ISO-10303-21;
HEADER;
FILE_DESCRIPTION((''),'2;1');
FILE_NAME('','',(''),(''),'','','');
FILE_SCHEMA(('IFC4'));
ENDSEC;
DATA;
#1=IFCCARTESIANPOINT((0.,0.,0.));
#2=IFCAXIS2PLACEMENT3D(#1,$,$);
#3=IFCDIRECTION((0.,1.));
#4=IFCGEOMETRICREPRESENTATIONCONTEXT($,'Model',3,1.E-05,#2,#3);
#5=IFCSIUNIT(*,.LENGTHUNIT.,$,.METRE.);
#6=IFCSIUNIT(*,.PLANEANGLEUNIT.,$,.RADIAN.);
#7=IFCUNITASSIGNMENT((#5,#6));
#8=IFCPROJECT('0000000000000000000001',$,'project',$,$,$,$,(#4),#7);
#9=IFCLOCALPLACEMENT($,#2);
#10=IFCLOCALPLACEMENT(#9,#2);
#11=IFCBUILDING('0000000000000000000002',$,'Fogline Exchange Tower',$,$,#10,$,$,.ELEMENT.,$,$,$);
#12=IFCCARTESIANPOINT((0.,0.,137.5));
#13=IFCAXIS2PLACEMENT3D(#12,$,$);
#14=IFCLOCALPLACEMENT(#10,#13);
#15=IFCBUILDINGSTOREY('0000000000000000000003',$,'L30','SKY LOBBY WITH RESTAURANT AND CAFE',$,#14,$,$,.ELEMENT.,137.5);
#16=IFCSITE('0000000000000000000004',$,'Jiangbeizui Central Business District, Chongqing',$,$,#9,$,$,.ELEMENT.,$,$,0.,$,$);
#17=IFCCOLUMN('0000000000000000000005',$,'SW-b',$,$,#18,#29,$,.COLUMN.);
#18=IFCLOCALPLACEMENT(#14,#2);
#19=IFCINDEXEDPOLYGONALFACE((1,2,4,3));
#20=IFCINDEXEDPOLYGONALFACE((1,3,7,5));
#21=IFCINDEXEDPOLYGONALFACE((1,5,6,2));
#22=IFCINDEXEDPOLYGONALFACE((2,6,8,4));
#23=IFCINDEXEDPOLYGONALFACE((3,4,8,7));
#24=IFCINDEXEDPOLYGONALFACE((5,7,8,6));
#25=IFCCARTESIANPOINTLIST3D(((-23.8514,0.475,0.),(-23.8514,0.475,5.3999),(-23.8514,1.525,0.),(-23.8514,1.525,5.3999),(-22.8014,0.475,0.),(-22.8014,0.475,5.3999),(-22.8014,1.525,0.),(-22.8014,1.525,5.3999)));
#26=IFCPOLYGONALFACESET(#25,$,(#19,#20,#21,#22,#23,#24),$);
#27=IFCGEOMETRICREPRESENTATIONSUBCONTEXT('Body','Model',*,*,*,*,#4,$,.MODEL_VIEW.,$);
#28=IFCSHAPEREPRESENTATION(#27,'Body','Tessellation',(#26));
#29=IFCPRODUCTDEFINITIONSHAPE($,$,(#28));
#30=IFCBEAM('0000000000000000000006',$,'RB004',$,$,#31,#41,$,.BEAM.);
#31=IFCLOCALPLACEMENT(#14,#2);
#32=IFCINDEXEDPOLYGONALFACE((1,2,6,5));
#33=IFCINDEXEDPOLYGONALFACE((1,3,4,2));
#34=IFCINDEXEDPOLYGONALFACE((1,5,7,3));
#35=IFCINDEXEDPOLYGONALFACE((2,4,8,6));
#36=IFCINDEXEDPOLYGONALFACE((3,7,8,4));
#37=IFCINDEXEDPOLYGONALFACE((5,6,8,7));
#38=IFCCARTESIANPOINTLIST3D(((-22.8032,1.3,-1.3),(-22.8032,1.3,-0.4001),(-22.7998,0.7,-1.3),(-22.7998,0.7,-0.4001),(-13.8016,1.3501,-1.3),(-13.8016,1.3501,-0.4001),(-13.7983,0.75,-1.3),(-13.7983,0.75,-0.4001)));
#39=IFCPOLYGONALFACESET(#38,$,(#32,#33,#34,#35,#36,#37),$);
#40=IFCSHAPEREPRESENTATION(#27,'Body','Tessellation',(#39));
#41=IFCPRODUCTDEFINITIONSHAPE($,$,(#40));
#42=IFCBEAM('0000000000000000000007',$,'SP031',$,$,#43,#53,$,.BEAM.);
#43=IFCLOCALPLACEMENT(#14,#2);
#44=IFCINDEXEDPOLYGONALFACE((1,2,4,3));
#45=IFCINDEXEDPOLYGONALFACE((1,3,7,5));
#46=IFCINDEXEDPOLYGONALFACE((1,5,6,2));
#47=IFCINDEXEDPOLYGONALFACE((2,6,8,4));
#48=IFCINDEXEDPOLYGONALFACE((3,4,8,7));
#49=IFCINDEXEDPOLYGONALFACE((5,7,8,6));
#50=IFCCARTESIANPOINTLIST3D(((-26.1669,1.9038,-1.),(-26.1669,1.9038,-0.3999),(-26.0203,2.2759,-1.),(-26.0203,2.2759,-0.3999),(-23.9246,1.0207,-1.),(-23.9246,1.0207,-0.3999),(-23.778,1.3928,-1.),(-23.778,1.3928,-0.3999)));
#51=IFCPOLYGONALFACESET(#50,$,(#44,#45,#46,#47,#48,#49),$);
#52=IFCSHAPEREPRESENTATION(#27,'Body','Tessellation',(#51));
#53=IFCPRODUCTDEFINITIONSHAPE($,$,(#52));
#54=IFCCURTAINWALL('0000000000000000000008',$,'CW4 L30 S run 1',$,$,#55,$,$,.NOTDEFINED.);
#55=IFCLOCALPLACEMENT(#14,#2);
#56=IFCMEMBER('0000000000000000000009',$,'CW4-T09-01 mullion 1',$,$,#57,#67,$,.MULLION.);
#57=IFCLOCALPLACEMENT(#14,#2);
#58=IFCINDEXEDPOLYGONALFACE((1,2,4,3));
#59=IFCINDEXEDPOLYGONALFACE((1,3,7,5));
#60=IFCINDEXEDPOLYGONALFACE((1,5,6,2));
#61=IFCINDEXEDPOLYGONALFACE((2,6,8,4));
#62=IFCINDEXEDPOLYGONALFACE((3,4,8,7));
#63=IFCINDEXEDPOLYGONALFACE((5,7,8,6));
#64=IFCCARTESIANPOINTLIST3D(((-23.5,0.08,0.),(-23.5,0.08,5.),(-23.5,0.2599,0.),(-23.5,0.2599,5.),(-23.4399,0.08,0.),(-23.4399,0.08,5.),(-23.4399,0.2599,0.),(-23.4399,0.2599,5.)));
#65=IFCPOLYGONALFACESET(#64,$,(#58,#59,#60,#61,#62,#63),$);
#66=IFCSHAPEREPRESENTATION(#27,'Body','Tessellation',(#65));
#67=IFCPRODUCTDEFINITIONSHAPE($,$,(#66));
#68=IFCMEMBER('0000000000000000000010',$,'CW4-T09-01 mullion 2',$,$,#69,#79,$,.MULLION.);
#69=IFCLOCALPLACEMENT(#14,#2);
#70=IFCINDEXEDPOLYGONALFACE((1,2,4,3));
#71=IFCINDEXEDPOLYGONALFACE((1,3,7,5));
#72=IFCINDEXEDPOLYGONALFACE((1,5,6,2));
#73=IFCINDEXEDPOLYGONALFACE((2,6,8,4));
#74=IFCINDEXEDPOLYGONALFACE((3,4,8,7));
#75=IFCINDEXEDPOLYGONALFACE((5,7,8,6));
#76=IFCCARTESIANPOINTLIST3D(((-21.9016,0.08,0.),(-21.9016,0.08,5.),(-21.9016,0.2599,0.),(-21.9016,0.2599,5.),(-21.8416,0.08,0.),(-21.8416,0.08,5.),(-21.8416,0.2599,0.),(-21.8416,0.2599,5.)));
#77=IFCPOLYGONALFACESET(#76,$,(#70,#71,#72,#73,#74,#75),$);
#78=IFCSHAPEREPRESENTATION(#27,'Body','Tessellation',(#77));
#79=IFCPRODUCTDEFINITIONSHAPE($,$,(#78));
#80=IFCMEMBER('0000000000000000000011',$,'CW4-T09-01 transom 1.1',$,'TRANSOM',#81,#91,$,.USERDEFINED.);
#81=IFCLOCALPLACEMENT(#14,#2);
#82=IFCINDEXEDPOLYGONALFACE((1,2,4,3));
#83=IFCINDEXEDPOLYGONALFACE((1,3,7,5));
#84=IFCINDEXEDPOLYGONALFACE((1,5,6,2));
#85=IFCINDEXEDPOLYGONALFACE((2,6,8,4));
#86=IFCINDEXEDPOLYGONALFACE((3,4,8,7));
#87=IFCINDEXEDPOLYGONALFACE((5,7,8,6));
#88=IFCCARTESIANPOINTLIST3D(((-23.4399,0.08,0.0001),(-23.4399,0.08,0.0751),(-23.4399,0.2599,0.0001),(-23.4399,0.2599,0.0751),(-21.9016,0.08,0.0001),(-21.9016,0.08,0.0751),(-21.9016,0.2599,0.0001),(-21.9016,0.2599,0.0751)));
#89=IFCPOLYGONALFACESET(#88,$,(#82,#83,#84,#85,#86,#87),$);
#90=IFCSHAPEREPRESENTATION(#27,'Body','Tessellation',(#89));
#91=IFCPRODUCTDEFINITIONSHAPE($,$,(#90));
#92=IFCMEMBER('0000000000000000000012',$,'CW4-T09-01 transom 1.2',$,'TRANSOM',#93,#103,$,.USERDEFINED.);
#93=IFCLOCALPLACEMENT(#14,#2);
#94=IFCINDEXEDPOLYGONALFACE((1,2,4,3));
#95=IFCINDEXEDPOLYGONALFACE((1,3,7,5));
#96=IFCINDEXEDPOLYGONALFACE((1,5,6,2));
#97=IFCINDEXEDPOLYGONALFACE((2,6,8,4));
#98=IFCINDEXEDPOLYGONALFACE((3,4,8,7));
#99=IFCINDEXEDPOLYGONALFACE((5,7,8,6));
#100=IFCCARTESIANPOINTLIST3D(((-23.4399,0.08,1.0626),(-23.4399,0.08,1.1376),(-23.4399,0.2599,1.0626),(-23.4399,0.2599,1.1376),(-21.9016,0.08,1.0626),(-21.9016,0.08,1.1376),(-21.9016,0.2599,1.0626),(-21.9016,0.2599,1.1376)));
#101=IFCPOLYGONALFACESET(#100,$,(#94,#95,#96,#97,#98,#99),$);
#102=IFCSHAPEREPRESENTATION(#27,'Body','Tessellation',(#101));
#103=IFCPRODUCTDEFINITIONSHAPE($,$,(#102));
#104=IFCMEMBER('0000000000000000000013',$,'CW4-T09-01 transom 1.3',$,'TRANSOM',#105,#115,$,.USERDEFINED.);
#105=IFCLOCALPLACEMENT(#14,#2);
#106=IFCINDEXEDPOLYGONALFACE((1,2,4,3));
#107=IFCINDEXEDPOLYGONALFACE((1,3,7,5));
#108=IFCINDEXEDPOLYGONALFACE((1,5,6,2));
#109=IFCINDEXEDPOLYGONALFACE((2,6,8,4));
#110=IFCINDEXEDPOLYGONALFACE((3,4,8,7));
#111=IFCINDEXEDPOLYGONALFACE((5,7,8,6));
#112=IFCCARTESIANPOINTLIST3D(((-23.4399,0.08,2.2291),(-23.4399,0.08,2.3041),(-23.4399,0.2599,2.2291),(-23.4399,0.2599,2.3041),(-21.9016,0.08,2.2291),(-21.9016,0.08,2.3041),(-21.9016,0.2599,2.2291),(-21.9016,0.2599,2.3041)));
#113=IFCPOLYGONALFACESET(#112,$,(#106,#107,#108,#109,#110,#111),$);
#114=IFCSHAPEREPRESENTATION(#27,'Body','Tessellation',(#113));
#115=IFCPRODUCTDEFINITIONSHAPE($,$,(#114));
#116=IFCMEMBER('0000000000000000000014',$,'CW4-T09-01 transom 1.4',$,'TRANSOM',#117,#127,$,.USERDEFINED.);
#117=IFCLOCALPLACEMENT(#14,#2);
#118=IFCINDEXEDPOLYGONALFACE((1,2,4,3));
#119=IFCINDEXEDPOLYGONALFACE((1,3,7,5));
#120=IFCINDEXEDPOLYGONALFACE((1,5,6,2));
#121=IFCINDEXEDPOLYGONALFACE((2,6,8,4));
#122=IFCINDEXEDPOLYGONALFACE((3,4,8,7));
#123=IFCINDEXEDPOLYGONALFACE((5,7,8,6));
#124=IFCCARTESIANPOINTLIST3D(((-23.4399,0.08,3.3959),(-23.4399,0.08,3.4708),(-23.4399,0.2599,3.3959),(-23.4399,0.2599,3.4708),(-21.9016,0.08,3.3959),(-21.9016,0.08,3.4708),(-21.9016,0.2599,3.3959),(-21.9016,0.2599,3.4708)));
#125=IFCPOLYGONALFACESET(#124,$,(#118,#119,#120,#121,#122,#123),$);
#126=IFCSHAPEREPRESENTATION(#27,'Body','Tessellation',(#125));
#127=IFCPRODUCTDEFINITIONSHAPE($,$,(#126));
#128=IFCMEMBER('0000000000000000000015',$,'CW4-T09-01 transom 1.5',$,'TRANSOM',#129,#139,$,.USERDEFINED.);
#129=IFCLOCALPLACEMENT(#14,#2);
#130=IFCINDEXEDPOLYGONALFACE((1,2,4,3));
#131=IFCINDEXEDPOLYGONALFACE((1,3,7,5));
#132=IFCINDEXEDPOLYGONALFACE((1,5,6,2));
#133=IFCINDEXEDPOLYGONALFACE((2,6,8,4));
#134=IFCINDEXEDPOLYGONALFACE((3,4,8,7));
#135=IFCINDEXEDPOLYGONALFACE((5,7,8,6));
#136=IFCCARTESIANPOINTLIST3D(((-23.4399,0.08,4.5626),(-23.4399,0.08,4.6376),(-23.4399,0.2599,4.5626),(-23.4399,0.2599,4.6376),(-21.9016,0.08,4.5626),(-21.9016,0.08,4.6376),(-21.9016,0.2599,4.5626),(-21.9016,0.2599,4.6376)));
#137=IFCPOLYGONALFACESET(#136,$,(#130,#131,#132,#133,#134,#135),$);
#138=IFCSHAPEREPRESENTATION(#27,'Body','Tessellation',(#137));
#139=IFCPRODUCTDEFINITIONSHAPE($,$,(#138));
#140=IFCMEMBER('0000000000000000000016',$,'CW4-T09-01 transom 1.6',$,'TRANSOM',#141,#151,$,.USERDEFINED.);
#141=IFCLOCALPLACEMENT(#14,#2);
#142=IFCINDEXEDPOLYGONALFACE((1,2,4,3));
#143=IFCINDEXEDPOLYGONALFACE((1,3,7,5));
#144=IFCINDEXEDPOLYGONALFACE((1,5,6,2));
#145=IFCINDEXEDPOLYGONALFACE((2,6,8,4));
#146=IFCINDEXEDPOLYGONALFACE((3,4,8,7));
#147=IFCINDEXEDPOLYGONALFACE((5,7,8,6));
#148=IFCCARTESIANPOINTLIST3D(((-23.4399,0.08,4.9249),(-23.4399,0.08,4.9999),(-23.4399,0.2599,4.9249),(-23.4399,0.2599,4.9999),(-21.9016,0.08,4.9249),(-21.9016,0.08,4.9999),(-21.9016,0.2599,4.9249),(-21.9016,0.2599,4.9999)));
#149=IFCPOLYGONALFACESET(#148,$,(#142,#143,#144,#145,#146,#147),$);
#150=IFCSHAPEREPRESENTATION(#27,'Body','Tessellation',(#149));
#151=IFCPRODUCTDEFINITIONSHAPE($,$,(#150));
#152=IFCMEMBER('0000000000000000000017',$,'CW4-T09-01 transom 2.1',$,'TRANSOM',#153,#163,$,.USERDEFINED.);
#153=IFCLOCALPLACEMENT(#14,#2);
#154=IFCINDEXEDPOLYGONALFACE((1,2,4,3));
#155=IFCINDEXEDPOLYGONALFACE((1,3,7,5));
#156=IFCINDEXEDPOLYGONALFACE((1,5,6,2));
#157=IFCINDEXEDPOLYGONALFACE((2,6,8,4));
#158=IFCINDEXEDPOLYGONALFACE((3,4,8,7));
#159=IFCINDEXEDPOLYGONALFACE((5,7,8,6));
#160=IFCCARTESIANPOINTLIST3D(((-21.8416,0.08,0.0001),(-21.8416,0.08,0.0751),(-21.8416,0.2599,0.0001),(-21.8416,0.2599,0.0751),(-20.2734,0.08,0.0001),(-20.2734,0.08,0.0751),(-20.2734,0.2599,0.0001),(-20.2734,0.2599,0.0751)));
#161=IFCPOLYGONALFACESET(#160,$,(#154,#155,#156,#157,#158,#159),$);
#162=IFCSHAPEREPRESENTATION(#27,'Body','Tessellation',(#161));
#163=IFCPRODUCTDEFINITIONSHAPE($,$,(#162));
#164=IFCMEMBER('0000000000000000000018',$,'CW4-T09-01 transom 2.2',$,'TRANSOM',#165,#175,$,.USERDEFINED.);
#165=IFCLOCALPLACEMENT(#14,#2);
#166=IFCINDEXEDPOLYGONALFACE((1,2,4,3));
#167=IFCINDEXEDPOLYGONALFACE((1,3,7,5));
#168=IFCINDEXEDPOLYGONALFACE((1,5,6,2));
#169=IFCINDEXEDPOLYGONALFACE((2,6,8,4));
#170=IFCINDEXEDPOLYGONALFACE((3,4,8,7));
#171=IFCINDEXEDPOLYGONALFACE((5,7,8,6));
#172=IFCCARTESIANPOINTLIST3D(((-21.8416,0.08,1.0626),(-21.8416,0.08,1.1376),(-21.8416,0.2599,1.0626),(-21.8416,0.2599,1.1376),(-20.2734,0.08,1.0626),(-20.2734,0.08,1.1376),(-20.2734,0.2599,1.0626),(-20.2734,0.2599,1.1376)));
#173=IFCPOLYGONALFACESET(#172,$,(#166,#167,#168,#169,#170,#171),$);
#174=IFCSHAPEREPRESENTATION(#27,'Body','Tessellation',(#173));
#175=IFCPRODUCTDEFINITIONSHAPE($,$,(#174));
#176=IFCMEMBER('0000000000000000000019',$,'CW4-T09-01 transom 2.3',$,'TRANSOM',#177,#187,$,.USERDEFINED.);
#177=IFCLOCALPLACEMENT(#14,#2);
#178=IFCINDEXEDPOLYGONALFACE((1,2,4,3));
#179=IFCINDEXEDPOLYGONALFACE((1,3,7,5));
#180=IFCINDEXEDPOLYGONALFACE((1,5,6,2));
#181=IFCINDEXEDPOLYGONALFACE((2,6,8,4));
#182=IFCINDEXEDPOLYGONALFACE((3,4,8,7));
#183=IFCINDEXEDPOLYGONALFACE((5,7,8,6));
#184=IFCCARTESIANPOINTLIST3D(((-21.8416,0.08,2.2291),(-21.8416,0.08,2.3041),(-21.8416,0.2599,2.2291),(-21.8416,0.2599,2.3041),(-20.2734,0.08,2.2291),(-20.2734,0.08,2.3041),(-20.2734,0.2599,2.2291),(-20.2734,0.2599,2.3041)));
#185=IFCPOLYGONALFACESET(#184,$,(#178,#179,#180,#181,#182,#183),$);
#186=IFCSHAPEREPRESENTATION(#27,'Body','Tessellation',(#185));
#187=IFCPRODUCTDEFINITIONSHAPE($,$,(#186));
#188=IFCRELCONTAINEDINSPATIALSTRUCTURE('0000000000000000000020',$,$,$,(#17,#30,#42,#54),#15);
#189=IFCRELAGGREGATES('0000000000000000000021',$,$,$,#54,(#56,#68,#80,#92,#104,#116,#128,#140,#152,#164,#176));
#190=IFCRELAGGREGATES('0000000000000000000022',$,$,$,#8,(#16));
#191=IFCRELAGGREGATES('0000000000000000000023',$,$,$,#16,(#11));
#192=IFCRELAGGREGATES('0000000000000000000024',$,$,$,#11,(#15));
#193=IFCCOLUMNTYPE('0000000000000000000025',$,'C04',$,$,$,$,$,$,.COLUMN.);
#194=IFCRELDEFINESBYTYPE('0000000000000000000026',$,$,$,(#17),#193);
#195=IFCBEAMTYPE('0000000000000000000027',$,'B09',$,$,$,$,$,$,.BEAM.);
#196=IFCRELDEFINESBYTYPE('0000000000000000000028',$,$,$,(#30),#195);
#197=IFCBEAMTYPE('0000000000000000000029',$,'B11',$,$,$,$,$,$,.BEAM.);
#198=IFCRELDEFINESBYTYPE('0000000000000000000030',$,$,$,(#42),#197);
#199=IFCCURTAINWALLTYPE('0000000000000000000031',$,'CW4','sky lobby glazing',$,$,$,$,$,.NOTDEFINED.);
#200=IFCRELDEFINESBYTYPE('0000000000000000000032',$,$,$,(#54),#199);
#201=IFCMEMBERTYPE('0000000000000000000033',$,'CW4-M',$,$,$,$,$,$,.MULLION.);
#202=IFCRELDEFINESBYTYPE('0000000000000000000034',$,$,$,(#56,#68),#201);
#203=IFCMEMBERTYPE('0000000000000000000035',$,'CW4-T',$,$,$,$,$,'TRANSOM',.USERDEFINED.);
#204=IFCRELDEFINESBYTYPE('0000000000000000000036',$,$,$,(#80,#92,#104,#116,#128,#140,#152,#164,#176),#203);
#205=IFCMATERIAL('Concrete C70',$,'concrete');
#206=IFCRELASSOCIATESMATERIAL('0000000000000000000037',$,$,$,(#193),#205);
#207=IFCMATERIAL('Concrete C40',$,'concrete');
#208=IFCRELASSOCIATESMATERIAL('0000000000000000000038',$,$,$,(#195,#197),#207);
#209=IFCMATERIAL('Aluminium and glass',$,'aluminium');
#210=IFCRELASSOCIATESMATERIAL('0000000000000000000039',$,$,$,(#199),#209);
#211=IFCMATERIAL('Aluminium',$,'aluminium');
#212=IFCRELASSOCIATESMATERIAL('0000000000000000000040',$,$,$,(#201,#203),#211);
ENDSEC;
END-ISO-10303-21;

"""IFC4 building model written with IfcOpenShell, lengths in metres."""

from ifc_helpers import new_model, si_unit, direction, frame, origin, origin_2d, place, context, subcontext, project, spatial, rectangle, extrude, material, material_profile, profile_set, type_object, element, aggregate, save


model = new_model("IFC4")

# Units and contexts
model_context = context("Model", 3, precision=1e-05, world=origin(), true_north=direction((0.0, 1.0)))
body_context = subcontext(model_context, "Body", "Model", "MODEL_VIEW")
ifc_project = project(units=[si_unit("LENGTHUNIT", "METRE"), si_unit("PLANEANGLEUNIT", "RADIAN")], contexts=[model_context])

# Site, building, storey
site_placement = place(None, origin())
site = spatial("IfcSite", under=ifc_project, at=site_placement, Name="Jiangbeizui Central Business District, Chongqing", CompositionType="ELEMENT", RefElevation=0.0)
building_placement = place(site_placement, origin())
building = spatial("IfcBuilding", under=site, at=building_placement, Name="Fogline Exchange Tower", CompositionType="ELEMENT")
storey_placement = place(building_placement, frame((0.0, 0.0, 137.5)))
storey = spatial("IfcBuildingStorey", under=building, at=storey_placement, Name="L30", Description="SKY LOBBY WITH RESTAURANT AND CAFE", CompositionType="ELEMENT", Elevation=137.5)

# Column
ifc_material_1 = material(Name="Concrete C70", Category="concrete")
ifc_material_profile_1 = material_profile(ifc_material_1, rectangle(XDim=1.05, YDim=1.05, at=origin_2d()), Name="RC 1050x1050")
ifc_profile_set_1 = profile_set([ifc_material_profile_1], Name="Concrete C70")
column_type = type_object("IfcColumnType", Name="C04", PredefinedType="COLUMN", material=ifc_profile_set_1)
column_placement = place(storey_placement, frame((-23.3264, 1.0, 0.0), z_axis=(0.0, 0.0, 1.0), x_axis=(1.0, 0.0, 0.0)))
element("IfcColumn", 1, at=column_placement, inside=storey, type_object=column_type, Name="SW-b", PredefinedType="COLUMN", context=body_context, shape_type="SweptSolid", body=[
    extrude(rectangle(XDim=1.05, YDim=1.05, at=origin_2d()), origin(), (0.0, 0.0, 1.0), 5.3999),
])

# Beams
ifc_material_2 = material(Name="Concrete C40", Category="concrete")
ifc_material_profile_2 = material_profile(ifc_material_2, rectangle(XDim=0.6001, YDim=0.8999, at=origin_2d()), Name="RC 600x900")
ifc_profile_set_2 = profile_set([ifc_material_profile_2], Name="Concrete C40")
beam_type_1 = type_object("IfcBeamType", Name="B09", PredefinedType="BEAM", material=ifc_profile_set_2)
beam_1_placement = place(storey_placement, frame((-22.8015, 1.0, -0.8501), z_axis=(0.999985, 0.00556, 0.0), x_axis=(-0.00556, 0.999985, 0.0)))
element("IfcBeam", 2, at=beam_1_placement, inside=storey, type_object=beam_type_1, Name="RB004", PredefinedType="BEAM", context=body_context, shape_type="SweptSolid", body=[
    extrude(rectangle(XDim=0.6001, YDim=0.8999, at=origin_2d()), origin(), (0.0, 0.0, 1.0), 9.0017),
])
ifc_material_profile_3 = material_profile(ifc_material_2, rectangle(XDim=0.3999, YDim=0.6001, at=origin_2d()), Name="RC 400x600")
ifc_profile_set_3 = profile_set([ifc_material_profile_3], Name="Concrete C40")
beam_type_2 = type_object("IfcBeamType", Name="B11", PredefinedType="BEAM", material=ifc_profile_set_3)
beam_2_placement = place(storey_placement, frame((-23.8513, 1.2068, -0.7), z_axis=(-0.930441, 0.366442, 0.0), x_axis=(-0.366442, -0.930441, 0.0)))
element("IfcBeam", 3, at=beam_2_placement, inside=storey, type_object=beam_type_2, Name="SP031", PredefinedType="BEAM", context=body_context, shape_type="SweptSolid", body=[
    extrude(rectangle(XDim=0.3999, YDim=0.6001, at=origin_2d()), origin(), (0.0, 0.0, 1.0), 2.4099),
])

# Curtain wall, members
ifc_material_3 = material(Name="Aluminium and glass", Category="aluminium")
curtain_wall_type = type_object("IfcCurtainWallType", Name="CW4", Description="sky lobby glazing", PredefinedType="NOTDEFINED", material=ifc_material_3)
curtain_wall_placement = place(storey_placement, origin())
curtain_wall = element("IfcCurtainWall", 4, at=curtain_wall_placement, inside=storey, type_object=curtain_wall_type, Name="CW4 L30 S run 1", PredefinedType="NOTDEFINED")
ifc_material_4 = material(Name="Aluminium", Category="aluminium")
ifc_material_profile_4 = material_profile(ifc_material_4, rectangle(XDim=0.1799, YDim=0.0601, at=origin_2d()), Name="Mullion 60x180")
ifc_profile_set_4 = profile_set([ifc_material_profile_4], Name="Aluminium")
member_type_1 = type_object("IfcMemberType", Name="CW4-M", PredefinedType="MULLION", material=ifc_profile_set_4)
member_1_placement = place(storey_placement, frame((-23.47, 0.1699, 0.0), z_axis=(0.0, 0.0, 1.0), x_axis=(0.0, 1.0, 0.0)))
member_1 = element("IfcMember", 5, at=member_1_placement, type_object=member_type_1, Name="CW4-T09-01 mullion 1", PredefinedType="MULLION", context=body_context, shape_type="SweptSolid", body=[
    extrude(rectangle(XDim=0.1799, YDim=0.0601, at=origin_2d()), origin(), (0.0, 0.0, 1.0), 5.0),
])
member_2_placement = place(storey_placement, frame((-21.8716, 0.1699, 0.0), z_axis=(0.0, 0.0, 1.0), x_axis=(0.0, 1.0, 0.0)))
member_2 = element("IfcMember", 6, at=member_2_placement, type_object=member_type_1, Name="CW4-T09-01 mullion 2", PredefinedType="MULLION", context=body_context, shape_type="SweptSolid", body=[
    extrude(rectangle(XDim=0.1799, YDim=0.0601, at=origin_2d()), origin(), (0.0, 0.0, 1.0), 5.0),
])
ifc_material_profile_5 = material_profile(ifc_material_4, rectangle(XDim=0.1799, YDim=0.075, at=origin_2d()), Name="Transom 75x180")
ifc_profile_set_5 = profile_set([ifc_material_profile_5], Name="Aluminium")
member_type_2 = type_object("IfcMemberType", Name="CW4-T", ElementType="TRANSOM", PredefinedType="USERDEFINED", material=ifc_profile_set_5)
member_3_placement = place(storey_placement, frame((-23.4399, 0.1699, 0.0376), z_axis=(1.0, 0.0, 0.0), x_axis=(0.0, 1.0, 0.0)))
member_3 = element("IfcMember", 7, at=member_3_placement, type_object=member_type_2, Name="CW4-T09-01 transom 1.1", ObjectType="TRANSOM", PredefinedType="USERDEFINED", context=body_context, shape_type="SweptSolid", body=[
    extrude(rectangle(XDim=0.1799, YDim=0.075, at=origin_2d()), origin(), (0.0, 0.0, 1.0), 1.5383),
])
member_4_placement = place(storey_placement, frame((-23.4399, 0.1699, 1.1001), z_axis=(1.0, 0.0, 0.0), x_axis=(0.0, 1.0, 0.0)))
member_4 = element("IfcMember", 8, at=member_4_placement, type_object=member_type_2, Name="CW4-T09-01 transom 1.2", ObjectType="TRANSOM", PredefinedType="USERDEFINED", context=body_context, shape_type="SweptSolid", body=[
    extrude(rectangle(XDim=0.1799, YDim=0.075, at=origin_2d()), origin(), (0.0, 0.0, 1.0), 1.5383),
])
member_5_placement = place(storey_placement, frame((-23.4399, 0.1699, 2.2666), z_axis=(1.0, 0.0, 0.0), x_axis=(0.0, 1.0, 0.0)))
member_5 = element("IfcMember", 9, at=member_5_placement, type_object=member_type_2, Name="CW4-T09-01 transom 1.3", ObjectType="TRANSOM", PredefinedType="USERDEFINED", context=body_context, shape_type="SweptSolid", body=[
    extrude(rectangle(XDim=0.1799, YDim=0.075, at=origin_2d()), origin(), (0.0, 0.0, 1.0), 1.5383),
])
member_6_placement = place(storey_placement, frame((-23.4399, 0.1699, 3.4333), z_axis=(1.0, 0.0, 0.0), x_axis=(0.0, 1.0, 0.0)))
member_6 = element("IfcMember", 10, at=member_6_placement, type_object=member_type_2, Name="CW4-T09-01 transom 1.4", ObjectType="TRANSOM", PredefinedType="USERDEFINED", context=body_context, shape_type="SweptSolid", body=[
    extrude(rectangle(XDim=0.1799, YDim=0.075, at=origin_2d()), origin(), (0.0, 0.0, 1.0), 1.5383),
])
member_7_placement = place(storey_placement, frame((-23.4399, 0.1699, 4.6001), z_axis=(1.0, 0.0, 0.0), x_axis=(0.0, 1.0, 0.0)))
member_7 = element("IfcMember", 11, at=member_7_placement, type_object=member_type_2, Name="CW4-T09-01 transom 1.5", ObjectType="TRANSOM", PredefinedType="USERDEFINED", context=body_context, shape_type="SweptSolid", body=[
    extrude(rectangle(XDim=0.1799, YDim=0.075, at=origin_2d()), origin(), (0.0, 0.0, 1.0), 1.5383),
])
member_8_placement = place(storey_placement, frame((-23.4399, 0.1699, 4.9624), z_axis=(1.0, 0.0, 0.0), x_axis=(0.0, 1.0, 0.0)))
member_8 = element("IfcMember", 12, at=member_8_placement, type_object=member_type_2, Name="CW4-T09-01 transom 1.6", ObjectType="TRANSOM", PredefinedType="USERDEFINED", context=body_context, shape_type="SweptSolid", body=[
    extrude(rectangle(XDim=0.1799, YDim=0.075, at=origin_2d()), origin(), (0.0, 0.0, 1.0), 1.5383),
])
member_9_placement = place(storey_placement, frame((-21.8416, 0.1699, 0.0376), z_axis=(1.0, 0.0, 0.0), x_axis=(0.0, 1.0, 0.0)))
member_9 = element("IfcMember", 13, at=member_9_placement, type_object=member_type_2, Name="CW4-T09-01 transom 2.1", ObjectType="TRANSOM", PredefinedType="USERDEFINED", context=body_context, shape_type="SweptSolid", body=[
    extrude(rectangle(XDim=0.1799, YDim=0.075, at=origin_2d()), origin(), (0.0, 0.0, 1.0), 1.5681),
])
member_10_placement = place(storey_placement, frame((-21.8416, 0.1699, 1.1001), z_axis=(1.0, 0.0, 0.0), x_axis=(0.0, 1.0, 0.0)))
member_10 = element("IfcMember", 14, at=member_10_placement, type_object=member_type_2, Name="CW4-T09-01 transom 2.2", ObjectType="TRANSOM", PredefinedType="USERDEFINED", context=body_context, shape_type="SweptSolid", body=[
    extrude(rectangle(XDim=0.1799, YDim=0.075, at=origin_2d()), origin(), (0.0, 0.0, 1.0), 1.5681),
])
member_11_placement = place(storey_placement, frame((-21.8416, 0.1699, 2.2666), z_axis=(1.0, 0.0, 0.0), x_axis=(0.0, 1.0, 0.0)))
member_11 = element("IfcMember", 15, at=member_11_placement, type_object=member_type_2, Name="CW4-T09-01 transom 2.3", ObjectType="TRANSOM", PredefinedType="USERDEFINED", context=body_context, shape_type="SweptSolid", body=[
    extrude(rectangle(XDim=0.1799, YDim=0.075, at=origin_2d()), origin(), (0.0, 0.0, 1.0), 1.5681),
])
aggregate(curtain_wall, [member_1, member_2, member_3, member_4, member_5, member_6, member_7, member_8, member_9, member_10, member_11])

save(model, "model.ifc")
